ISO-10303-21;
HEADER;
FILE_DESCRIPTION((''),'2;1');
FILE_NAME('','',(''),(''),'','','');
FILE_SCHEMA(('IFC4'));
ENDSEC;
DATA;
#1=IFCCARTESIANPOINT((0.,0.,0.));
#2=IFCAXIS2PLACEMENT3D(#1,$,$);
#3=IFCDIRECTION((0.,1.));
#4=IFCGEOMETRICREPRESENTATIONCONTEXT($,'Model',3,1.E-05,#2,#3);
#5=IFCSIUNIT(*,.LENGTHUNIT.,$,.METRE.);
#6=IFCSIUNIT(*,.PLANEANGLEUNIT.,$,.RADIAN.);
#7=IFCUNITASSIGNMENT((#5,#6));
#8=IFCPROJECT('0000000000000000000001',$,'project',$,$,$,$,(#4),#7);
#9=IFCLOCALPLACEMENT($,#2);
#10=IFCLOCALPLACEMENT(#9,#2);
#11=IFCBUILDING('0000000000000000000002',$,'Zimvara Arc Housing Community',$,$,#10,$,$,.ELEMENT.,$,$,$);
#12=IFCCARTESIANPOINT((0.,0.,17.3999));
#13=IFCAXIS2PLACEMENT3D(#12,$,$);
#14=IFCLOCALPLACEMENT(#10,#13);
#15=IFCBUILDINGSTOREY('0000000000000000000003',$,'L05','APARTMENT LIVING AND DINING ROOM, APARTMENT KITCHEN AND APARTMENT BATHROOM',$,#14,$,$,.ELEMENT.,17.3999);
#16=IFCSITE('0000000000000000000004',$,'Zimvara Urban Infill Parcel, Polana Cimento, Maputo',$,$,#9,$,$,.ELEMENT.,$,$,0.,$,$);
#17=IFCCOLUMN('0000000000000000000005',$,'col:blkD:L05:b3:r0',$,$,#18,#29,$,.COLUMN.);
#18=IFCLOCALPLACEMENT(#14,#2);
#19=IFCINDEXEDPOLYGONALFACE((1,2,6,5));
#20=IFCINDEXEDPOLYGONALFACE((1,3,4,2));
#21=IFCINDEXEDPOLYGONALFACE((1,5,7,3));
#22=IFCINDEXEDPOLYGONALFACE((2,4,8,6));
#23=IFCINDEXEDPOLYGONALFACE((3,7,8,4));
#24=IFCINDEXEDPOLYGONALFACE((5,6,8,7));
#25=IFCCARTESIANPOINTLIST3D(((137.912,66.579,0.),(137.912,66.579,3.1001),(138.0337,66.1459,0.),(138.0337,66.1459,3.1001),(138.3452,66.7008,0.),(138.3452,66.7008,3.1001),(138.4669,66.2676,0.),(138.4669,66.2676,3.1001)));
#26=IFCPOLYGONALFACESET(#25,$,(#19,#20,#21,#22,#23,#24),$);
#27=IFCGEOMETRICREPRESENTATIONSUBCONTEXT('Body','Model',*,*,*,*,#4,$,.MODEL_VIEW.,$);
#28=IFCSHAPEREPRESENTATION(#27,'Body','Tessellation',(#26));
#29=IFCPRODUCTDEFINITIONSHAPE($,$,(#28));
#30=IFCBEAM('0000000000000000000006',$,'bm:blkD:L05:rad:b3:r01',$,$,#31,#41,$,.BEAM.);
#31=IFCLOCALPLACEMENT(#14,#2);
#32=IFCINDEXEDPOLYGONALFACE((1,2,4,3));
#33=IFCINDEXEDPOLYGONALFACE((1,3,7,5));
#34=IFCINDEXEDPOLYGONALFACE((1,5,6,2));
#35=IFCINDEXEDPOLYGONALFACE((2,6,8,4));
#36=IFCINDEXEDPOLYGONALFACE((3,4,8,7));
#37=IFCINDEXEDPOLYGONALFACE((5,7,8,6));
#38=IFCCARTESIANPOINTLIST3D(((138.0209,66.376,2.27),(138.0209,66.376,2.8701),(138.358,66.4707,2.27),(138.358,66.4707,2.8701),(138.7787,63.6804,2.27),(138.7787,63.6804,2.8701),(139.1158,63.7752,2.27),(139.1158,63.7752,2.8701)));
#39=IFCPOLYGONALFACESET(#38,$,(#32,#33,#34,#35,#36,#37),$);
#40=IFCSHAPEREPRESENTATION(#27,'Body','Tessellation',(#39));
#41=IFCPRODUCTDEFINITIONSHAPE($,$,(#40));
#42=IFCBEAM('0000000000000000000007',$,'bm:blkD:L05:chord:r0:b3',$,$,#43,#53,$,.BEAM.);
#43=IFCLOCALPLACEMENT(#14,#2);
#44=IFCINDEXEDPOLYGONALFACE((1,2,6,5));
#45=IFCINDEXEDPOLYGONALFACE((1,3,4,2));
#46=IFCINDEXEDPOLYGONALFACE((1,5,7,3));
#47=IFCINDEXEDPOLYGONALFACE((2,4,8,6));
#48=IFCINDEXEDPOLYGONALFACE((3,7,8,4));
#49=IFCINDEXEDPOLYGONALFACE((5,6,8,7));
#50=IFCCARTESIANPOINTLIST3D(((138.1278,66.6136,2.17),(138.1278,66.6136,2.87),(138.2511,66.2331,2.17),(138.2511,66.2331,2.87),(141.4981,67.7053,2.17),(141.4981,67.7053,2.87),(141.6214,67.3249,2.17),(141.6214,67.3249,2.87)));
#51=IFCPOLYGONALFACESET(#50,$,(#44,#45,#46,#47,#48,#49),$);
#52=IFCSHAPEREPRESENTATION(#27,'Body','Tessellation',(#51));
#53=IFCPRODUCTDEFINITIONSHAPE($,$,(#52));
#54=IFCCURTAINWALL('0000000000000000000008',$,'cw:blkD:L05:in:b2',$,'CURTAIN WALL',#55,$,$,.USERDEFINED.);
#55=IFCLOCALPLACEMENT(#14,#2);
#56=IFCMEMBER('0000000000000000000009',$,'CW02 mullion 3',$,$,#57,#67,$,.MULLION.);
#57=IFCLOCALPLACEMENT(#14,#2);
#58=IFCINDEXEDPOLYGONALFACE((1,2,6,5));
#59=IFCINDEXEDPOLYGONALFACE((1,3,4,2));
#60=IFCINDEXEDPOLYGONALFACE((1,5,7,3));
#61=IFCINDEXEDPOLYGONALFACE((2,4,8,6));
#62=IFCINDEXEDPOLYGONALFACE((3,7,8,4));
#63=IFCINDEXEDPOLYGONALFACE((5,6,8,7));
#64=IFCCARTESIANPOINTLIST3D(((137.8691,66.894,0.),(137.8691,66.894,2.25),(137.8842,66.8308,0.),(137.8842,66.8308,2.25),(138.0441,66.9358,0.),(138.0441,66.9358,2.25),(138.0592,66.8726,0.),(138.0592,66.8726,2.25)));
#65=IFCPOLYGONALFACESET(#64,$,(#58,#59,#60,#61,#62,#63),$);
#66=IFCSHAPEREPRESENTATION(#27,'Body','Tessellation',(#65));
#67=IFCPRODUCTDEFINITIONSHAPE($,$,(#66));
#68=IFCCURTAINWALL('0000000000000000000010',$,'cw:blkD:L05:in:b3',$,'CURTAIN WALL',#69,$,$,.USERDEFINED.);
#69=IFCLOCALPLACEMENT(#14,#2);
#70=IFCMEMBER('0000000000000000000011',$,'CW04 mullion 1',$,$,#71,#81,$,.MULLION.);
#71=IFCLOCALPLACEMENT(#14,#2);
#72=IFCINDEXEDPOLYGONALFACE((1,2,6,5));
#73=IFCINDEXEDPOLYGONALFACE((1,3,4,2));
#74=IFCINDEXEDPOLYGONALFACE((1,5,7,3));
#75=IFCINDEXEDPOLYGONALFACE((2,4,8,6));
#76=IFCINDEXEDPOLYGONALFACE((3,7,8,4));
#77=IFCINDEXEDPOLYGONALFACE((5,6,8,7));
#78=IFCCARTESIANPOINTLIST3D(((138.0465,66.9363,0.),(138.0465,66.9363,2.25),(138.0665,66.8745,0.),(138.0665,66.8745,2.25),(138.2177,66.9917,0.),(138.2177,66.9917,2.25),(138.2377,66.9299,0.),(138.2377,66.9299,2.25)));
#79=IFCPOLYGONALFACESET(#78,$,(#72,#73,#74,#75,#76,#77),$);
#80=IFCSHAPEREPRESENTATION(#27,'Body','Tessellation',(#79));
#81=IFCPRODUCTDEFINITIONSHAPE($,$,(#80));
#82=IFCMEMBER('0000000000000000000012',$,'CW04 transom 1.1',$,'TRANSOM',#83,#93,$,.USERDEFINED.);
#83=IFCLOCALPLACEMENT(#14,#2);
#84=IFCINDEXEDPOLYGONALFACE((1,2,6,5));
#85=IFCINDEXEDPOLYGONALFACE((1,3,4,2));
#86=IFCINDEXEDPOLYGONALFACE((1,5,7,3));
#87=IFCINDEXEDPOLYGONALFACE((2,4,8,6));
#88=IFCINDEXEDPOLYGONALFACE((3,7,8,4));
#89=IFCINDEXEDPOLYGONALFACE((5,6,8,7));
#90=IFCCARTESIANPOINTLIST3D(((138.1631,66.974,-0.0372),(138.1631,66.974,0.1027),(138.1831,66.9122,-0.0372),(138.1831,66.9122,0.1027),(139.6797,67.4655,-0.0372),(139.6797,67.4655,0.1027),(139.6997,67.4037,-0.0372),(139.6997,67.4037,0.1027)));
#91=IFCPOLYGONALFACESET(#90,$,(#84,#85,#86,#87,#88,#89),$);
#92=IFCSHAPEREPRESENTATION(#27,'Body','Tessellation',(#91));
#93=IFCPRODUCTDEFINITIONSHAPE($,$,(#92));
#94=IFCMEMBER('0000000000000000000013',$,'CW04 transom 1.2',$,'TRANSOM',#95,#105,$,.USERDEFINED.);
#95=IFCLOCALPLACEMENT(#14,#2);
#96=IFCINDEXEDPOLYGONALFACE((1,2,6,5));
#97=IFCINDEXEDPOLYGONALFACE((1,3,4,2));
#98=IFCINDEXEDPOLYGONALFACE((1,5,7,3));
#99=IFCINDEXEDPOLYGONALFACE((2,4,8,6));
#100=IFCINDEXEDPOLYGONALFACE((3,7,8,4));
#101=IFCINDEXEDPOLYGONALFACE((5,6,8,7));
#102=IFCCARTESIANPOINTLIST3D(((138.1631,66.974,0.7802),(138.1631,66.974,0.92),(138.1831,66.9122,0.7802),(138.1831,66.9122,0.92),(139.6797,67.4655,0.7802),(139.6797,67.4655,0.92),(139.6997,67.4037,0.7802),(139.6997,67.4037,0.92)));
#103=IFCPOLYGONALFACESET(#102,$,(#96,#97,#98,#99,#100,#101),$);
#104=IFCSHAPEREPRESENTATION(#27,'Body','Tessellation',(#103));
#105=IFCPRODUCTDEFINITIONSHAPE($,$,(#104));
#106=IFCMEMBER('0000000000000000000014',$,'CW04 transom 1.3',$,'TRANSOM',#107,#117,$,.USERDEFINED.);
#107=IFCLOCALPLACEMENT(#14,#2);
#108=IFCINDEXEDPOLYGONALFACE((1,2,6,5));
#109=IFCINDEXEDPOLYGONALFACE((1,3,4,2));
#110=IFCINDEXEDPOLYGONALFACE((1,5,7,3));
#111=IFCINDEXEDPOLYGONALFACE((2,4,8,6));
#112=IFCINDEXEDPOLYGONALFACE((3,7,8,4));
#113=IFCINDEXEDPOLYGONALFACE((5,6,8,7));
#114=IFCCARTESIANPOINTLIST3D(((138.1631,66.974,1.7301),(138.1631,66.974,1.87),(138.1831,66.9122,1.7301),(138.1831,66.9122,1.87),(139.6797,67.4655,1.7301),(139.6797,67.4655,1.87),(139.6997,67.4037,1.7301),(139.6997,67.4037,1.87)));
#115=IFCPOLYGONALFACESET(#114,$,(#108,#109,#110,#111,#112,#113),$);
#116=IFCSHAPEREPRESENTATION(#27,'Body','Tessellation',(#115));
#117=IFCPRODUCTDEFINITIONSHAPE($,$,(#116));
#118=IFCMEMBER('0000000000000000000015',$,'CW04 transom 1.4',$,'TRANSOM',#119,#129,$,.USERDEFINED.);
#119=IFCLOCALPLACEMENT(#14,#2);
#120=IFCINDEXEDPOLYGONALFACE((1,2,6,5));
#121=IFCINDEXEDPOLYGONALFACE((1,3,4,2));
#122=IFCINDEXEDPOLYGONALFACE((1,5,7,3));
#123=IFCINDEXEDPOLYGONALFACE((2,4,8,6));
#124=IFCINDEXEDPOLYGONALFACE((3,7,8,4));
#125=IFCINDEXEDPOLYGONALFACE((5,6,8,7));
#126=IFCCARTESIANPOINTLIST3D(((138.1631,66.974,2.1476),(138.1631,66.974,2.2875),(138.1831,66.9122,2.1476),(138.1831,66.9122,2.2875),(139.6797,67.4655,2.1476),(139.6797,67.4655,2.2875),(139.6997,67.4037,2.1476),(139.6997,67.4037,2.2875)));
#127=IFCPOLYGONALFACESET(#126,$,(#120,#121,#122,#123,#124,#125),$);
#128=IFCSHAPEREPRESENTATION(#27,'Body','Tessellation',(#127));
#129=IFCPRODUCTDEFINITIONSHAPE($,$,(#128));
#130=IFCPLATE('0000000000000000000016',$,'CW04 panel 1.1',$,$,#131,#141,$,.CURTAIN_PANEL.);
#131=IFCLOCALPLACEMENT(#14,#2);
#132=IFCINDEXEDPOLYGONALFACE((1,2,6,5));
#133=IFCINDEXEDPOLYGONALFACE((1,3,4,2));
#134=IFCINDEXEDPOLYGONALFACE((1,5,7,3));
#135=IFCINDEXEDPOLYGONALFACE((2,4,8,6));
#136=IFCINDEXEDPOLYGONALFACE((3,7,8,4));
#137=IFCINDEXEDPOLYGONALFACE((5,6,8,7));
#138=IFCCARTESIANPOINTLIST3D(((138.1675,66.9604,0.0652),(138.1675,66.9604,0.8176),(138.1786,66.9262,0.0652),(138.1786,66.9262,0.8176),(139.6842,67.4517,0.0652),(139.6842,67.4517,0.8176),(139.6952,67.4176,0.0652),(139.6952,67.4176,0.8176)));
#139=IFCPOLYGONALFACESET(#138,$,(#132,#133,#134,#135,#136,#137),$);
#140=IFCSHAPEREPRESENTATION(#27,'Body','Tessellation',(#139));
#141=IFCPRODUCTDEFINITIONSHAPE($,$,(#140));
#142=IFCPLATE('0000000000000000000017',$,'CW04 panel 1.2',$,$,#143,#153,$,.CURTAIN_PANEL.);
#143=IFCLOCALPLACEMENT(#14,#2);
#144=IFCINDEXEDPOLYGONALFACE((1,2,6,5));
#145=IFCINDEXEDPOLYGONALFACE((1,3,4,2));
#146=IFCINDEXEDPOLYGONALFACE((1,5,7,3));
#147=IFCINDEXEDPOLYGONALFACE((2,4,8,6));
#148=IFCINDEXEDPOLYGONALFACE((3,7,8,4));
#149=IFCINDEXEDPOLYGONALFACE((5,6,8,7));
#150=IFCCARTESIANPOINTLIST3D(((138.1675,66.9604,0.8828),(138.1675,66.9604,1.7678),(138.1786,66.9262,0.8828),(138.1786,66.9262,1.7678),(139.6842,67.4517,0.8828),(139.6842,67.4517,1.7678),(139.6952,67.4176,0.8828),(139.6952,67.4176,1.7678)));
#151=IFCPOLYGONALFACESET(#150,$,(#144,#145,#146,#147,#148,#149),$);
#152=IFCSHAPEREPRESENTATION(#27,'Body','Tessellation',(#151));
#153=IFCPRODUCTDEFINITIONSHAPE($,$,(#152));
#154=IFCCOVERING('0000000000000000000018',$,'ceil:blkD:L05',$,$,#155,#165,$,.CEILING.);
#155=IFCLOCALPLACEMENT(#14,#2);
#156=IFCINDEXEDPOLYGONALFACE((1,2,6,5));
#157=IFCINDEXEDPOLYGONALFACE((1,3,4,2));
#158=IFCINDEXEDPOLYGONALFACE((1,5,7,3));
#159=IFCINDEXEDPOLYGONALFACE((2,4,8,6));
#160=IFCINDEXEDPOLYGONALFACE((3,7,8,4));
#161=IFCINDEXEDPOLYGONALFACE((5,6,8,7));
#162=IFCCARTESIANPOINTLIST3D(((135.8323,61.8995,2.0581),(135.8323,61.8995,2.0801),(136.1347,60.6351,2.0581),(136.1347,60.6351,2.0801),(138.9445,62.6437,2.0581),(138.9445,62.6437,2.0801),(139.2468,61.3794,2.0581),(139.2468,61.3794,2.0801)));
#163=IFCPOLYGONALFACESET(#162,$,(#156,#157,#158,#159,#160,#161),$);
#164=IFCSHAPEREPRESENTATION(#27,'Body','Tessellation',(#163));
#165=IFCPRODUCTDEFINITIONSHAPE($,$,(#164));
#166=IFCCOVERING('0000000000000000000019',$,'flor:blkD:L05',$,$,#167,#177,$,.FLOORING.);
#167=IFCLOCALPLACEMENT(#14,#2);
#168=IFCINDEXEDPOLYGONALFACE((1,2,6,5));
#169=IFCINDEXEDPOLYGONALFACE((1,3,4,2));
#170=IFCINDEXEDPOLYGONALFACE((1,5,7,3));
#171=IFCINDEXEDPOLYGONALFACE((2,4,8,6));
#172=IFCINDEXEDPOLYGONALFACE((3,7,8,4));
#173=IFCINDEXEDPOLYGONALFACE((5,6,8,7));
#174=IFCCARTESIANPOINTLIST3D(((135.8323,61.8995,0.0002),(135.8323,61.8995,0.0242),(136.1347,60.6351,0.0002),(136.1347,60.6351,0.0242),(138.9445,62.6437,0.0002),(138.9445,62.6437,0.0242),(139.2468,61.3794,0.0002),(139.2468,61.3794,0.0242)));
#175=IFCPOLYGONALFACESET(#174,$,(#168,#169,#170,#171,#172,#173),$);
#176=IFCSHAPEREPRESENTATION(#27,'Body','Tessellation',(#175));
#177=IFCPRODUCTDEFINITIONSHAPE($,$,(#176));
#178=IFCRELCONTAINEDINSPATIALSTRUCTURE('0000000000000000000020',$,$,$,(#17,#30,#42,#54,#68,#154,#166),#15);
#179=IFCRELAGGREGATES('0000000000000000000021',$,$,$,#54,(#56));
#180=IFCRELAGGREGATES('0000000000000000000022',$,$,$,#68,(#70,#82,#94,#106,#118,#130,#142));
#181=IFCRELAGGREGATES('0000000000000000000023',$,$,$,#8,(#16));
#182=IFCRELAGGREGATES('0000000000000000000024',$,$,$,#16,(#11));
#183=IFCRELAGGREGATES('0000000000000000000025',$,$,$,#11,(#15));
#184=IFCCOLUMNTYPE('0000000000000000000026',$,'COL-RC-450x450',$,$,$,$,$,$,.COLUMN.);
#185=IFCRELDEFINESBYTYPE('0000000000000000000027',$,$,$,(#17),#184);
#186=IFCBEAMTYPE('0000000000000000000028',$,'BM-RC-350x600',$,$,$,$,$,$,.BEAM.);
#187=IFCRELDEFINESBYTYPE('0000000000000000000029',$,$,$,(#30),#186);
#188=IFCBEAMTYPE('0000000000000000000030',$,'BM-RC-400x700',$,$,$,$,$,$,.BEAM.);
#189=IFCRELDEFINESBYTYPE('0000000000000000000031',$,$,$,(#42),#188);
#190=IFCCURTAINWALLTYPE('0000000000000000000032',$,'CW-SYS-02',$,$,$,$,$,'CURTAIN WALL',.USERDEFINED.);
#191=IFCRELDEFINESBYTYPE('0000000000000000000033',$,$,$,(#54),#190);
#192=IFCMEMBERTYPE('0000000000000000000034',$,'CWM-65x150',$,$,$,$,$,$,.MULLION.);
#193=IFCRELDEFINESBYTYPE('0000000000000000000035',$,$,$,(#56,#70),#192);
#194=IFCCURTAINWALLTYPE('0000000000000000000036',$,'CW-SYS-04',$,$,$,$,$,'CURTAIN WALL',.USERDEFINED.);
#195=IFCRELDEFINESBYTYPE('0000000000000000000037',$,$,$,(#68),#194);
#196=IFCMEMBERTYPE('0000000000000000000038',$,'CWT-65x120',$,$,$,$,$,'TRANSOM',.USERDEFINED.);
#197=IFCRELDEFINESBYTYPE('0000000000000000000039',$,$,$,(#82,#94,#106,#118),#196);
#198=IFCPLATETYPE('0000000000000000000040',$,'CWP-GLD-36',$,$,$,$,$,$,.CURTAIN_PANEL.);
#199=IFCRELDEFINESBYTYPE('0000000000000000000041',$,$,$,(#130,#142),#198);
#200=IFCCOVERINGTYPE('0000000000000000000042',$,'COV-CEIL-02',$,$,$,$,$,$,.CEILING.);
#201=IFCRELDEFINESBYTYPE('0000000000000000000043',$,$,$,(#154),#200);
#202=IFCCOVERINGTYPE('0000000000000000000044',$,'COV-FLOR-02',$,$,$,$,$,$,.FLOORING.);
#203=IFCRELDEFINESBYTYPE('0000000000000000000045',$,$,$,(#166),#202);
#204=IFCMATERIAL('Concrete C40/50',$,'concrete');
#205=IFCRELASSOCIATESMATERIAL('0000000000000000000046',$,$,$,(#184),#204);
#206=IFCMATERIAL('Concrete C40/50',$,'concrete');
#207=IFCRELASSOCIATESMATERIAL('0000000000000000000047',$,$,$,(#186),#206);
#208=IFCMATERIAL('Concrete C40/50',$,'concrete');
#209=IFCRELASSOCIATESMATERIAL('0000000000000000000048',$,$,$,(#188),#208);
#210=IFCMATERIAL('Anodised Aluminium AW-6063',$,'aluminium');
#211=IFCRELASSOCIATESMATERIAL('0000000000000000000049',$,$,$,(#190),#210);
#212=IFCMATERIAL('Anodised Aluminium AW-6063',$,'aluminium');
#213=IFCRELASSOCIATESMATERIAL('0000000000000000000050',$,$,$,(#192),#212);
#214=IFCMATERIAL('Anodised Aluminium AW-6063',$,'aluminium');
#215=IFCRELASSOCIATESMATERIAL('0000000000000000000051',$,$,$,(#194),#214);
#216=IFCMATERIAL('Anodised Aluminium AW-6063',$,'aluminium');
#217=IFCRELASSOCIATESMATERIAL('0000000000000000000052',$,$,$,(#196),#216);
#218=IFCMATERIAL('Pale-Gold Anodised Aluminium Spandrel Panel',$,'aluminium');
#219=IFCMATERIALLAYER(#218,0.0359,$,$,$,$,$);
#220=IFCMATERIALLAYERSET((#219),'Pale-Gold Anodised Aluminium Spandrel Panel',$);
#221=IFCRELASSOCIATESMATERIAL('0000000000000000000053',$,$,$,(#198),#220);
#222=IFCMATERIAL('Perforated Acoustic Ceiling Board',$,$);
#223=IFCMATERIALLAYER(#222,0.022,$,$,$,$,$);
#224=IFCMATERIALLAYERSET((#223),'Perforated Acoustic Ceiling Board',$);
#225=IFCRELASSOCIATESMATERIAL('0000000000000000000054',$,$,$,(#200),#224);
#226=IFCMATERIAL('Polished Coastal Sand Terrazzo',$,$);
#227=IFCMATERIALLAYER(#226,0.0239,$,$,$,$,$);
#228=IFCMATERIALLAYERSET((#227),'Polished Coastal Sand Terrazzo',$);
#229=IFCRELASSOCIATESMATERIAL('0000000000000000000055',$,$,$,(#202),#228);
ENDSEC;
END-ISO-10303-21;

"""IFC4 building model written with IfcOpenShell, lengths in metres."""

from ifc_helpers import new_model, si_unit, direction, frame, origin, origin_2d, place, context, subcontext, project, spatial, rectangle, extrude, material, layer, layer_set, material_profile, profile_set, type_object, element, aggregate, save


model = new_model("IFC4")

# Units and contexts
model_context = context("Model", 3, precision=1e-05, world=origin(), true_north=direction((0.0, 1.0)))
body_context = subcontext(model_context, "Body", "Model", "MODEL_VIEW")
ifc_project = project(units=[si_unit("LENGTHUNIT", "METRE"), si_unit("PLANEANGLEUNIT", "RADIAN")], contexts=[model_context])

# Site, building, storey
site_placement = place(None, origin())
site = spatial("IfcSite", under=ifc_project, at=site_placement, Name="Zimvara Urban Infill Parcel, Polana Cimento, Maputo", CompositionType="ELEMENT", RefElevation=0.0)
building_placement = place(site_placement, origin())
building = spatial("IfcBuilding", under=site, at=building_placement, Name="Zimvara Arc Housing Community", CompositionType="ELEMENT")
storey_placement = place(building_placement, frame((0.0, 0.0, 17.3999)))
storey = spatial("IfcBuildingStorey", under=building, at=storey_placement, Name="L05", Description="APARTMENT LIVING AND DINING ROOM, APARTMENT KITCHEN AND APARTMENT BATHROOM", CompositionType="ELEMENT", Elevation=17.3999)

# Column
ifc_material_1 = material(Name="Concrete C40/50", Category="concrete")
ifc_material_profile_1 = material_profile(ifc_material_1, rectangle(XDim=0.45, YDim=0.45, at=origin_2d()), Name="RC 450x450")
ifc_profile_set_1 = profile_set([ifc_material_profile_1], Name="Concrete C40/50")
column_type = type_object("IfcColumnType", Name="COL-RC-450x450", PredefinedType="COLUMN", material=ifc_profile_set_1)
column_placement = place(storey_placement, frame((138.1895, 66.4233, 0.0), z_axis=(0.0, 0.0, 1.0), x_axis=(0.2706, -0.962692, 0.0)))
element("IfcColumn", 1, at=column_placement, inside=storey, type_object=column_type, Name="col:blkD:L05:b3:r0", PredefinedType="COLUMN", context=body_context, shape_type="SweptSolid", body=[
    extrude(rectangle(XDim=0.45, YDim=0.45, at=origin_2d()), origin(), (0.0, 0.0, 1.0), 3.1001),
])

# Beams
ifc_material_2 = material(Name="Concrete C40/50", Category="concrete")
ifc_material_profile_2 = material_profile(ifc_material_2, rectangle(XDim=0.3501, YDim=0.6001, at=origin_2d()), Name="RC 350x600")
ifc_profile_set_2 = profile_set([ifc_material_profile_2], Name="Concrete C40/50")
beam_type_1 = type_object("IfcBeamType", Name="BM-RC-350x600", PredefinedType="BEAM", material=ifc_profile_set_2)
beam_1_placement = place(storey_placement, frame((138.1895, 66.4233, 2.5701), z_axis=(0.270642, -0.96268, 0.0), x_axis=(0.96268, 0.270642, 0.0)))
element("IfcBeam", 2, at=beam_1_placement, inside=storey, type_object=beam_type_1, Name="bm:blkD:L05:rad:b3:r01", PredefinedType="BEAM", context=body_context, shape_type="SweptSolid", body=[
    extrude(rectangle(XDim=0.3501, YDim=0.6001, at=origin_2d()), origin(), (0.0, 0.0, 1.0), 2.8),
])
ifc_material_3 = material(Name="Concrete C40/50", Category="concrete")
ifc_material_profile_3 = material_profile(ifc_material_3, rectangle(XDim=0.3999, YDim=0.7, at=origin_2d()), Name="RC 400x700")
ifc_profile_set_3 = profile_set([ifc_material_profile_3], Name="Concrete C40/50")
beam_type_2 = type_object("IfcBeamType", Name="BM-RC-400x700", PredefinedType="BEAM", material=ifc_profile_set_3)
beam_2_placement = place(storey_placement, frame((138.1895, 66.4233, 2.52), z_axis=(0.95133, 0.308174, 0.0), x_axis=(-0.308174, 0.95133, 0.0)))
element("IfcBeam", 3, at=beam_2_placement, inside=storey, type_object=beam_type_2, Name="bm:blkD:L05:chord:r0:b3", PredefinedType="BEAM", context=body_context, shape_type="SweptSolid", body=[
    extrude(rectangle(XDim=0.3999, YDim=0.7, at=origin_2d()), origin(), (0.0, 0.0, 1.0), 3.5427),
])

# Curtain wall, member
ifc_material_4 = material(Name="Anodised Aluminium AW-6063", Category="aluminium")
curtain_wall_type_1 = type_object("IfcCurtainWallType", Name="CW-SYS-02", ElementType="CURTAIN WALL", PredefinedType="USERDEFINED", material=ifc_material_4)
curtain_wall_1_placement = place(storey_placement, origin())
curtain_wall_1 = element("IfcCurtainWall", 4, at=curtain_wall_1_placement, inside=storey, type_object=curtain_wall_type_1, Name="cw:blkD:L05:in:b2", ObjectType="CURTAIN WALL", PredefinedType="USERDEFINED")
ifc_material_5 = material(Name="Anodised Aluminium AW-6063", Category="aluminium")
ifc_material_profile_4 = material_profile(ifc_material_5, rectangle(XDim=0.0649, YDim=0.1799, at=origin_2d()), Name="ALU 65x180")
ifc_profile_set_4 = profile_set([ifc_material_profile_4], Name="Anodised Aluminium AW-6063")
member_type_1 = type_object("IfcMemberType", Name="CWM-65x150", PredefinedType="MULLION", material=ifc_profile_set_4)
member_1_placement = place(storey_placement, frame((137.9641, 66.8833, 0.0), z_axis=(0.0, 0.0, 1.0), x_axis=(-0.232596, 0.972573, 0.0)))
member_1 = element("IfcMember", 5, at=member_1_placement, type_object=member_type_1, Name="CW02 mullion 3", PredefinedType="MULLION", context=body_context, shape_type="SweptSolid", body=[
    extrude(rectangle(XDim=0.0649, YDim=0.1799, at=origin_2d()), origin(), (0.0, 0.0, 1.0), 2.25),
])
aggregate(curtain_wall_1, [member_1])

# Curtain wall, members, plates
ifc_material_6 = material(Name="Anodised Aluminium AW-6063", Category="aluminium")
curtain_wall_type_2 = type_object("IfcCurtainWallType", Name="CW-SYS-04", ElementType="CURTAIN WALL", PredefinedType="USERDEFINED", material=ifc_material_6)
curtain_wall_2_placement = place(storey_placement, origin())
curtain_wall_2 = element("IfcCurtainWall", 6, at=curtain_wall_2_placement, inside=storey, type_object=curtain_wall_type_2, Name="cw:blkD:L05:in:b3", ObjectType="CURTAIN WALL", PredefinedType="USERDEFINED")
member_2_placement = place(storey_placement, frame((138.1421, 66.9331, 0.0), z_axis=(0.0, 0.0, 1.0), x_axis=(-0.308185, 0.951326, 0.0)))
member_2 = element("IfcMember", 7, at=member_2_placement, type_object=member_type_1, Name="CW04 mullion 1", PredefinedType="MULLION", context=body_context, shape_type="SweptSolid", body=[
    extrude(rectangle(XDim=0.0649, YDim=0.1799, at=origin_2d()), origin(), (0.0, 0.0, 1.0), 2.25),
])
ifc_material_7 = material(Name="Anodised Aluminium AW-6063", Category="aluminium")
ifc_material_profile_5 = material_profile(ifc_material_7, rectangle(XDim=0.0649, YDim=0.1399, at=origin_2d()), Name="ALU 65x140")
ifc_profile_set_5 = profile_set([ifc_material_profile_5], Name="Anodised Aluminium AW-6063")
member_type_2 = type_object("IfcMemberType", Name="CWT-65x120", ElementType="TRANSOM", PredefinedType="USERDEFINED", material=ifc_profile_set_5)
member_3_placement = place(storey_placement, frame((138.1731, 66.9431, 0.0327), z_axis=(0.951299, 0.308269, 0.0), x_axis=(-0.308269, 0.951299, 0.0)))
member_3 = element("IfcMember", 8, at=member_3_placement, type_object=member_type_2, Name="CW04 transom 1.1", ObjectType="TRANSOM", PredefinedType="USERDEFINED", context=body_context, shape_type="SweptSolid", body=[
    extrude(rectangle(XDim=0.0649, YDim=0.1399, at=origin_2d()), origin(), (0.0, 0.0, 1.0), 1.5942),
])
member_4_placement = place(storey_placement, frame((138.1731, 66.9431, 0.8501), z_axis=(0.951299, 0.308269, 0.0), x_axis=(-0.308269, 0.951299, 0.0)))
member_4 = element("IfcMember", 9, at=member_4_placement, type_object=member_type_2, Name="CW04 transom 1.2", ObjectType="TRANSOM", PredefinedType="USERDEFINED", context=body_context, shape_type="SweptSolid", body=[
    extrude(rectangle(XDim=0.0649, YDim=0.1399, at=origin_2d()), origin(), (0.0, 0.0, 1.0), 1.5942),
])
member_5_placement = place(storey_placement, frame((138.1731, 66.9431, 1.8), z_axis=(0.951299, 0.308269, 0.0), x_axis=(-0.308269, 0.951299, 0.0)))
member_5 = element("IfcMember", 10, at=member_5_placement, type_object=member_type_2, Name="CW04 transom 1.3", ObjectType="TRANSOM", PredefinedType="USERDEFINED", context=body_context, shape_type="SweptSolid", body=[
    extrude(rectangle(XDim=0.0649, YDim=0.1399, at=origin_2d()), origin(), (0.0, 0.0, 1.0), 1.5942),
])
member_6_placement = place(storey_placement, frame((138.1731, 66.9431, 2.2175), z_axis=(0.951299, 0.308269, 0.0), x_axis=(-0.308269, 0.951299, 0.0)))
member_6 = element("IfcMember", 11, at=member_6_placement, type_object=member_type_2, Name="CW04 transom 1.4", ObjectType="TRANSOM", PredefinedType="USERDEFINED", context=body_context, shape_type="SweptSolid", body=[
    extrude(rectangle(XDim=0.0649, YDim=0.1399, at=origin_2d()), origin(), (0.0, 0.0, 1.0), 1.5942),
])
ifc_material_8 = material(Name="Pale-Gold Anodised Aluminium Spandrel Panel", Category="aluminium")
ifc_layer_1 = layer(ifc_material_8, 0.0359)
ifc_layer_set_1 = layer_set([ifc_layer_1], Name="Pale-Gold Anodised Aluminium Spandrel Panel")
plate_type = type_object("IfcPlateType", Name="CWP-GLD-36", PredefinedType="CURTAIN_PANEL", material=ifc_layer_set_1)
plate_1_placement = place(storey_placement, frame((138.9314, 67.189, 0.0652), z_axis=(0.0, 0.0, 1.0), x_axis=(0.951326, 0.308185, 0.0)))
plate_1 = element("IfcPlate", 12, at=plate_1_placement, type_object=plate_type, Name="CW04 panel 1.1", PredefinedType="CURTAIN_PANEL", context=body_context, shape_type="SweptSolid", body=[
    extrude(rectangle(XDim=1.5942, YDim=0.0359, at=origin_2d()), origin(), (0.0, 0.0, 1.0), 0.7524),
])
plate_2_placement = place(storey_placement, frame((138.9314, 67.189, 0.8828), z_axis=(0.0, 0.0, 1.0), x_axis=(0.951326, 0.308185, 0.0)))
plate_2 = element("IfcPlate", 13, at=plate_2_placement, type_object=plate_type, Name="CW04 panel 1.2", PredefinedType="CURTAIN_PANEL", context=body_context, shape_type="SweptSolid", body=[
    extrude(rectangle(XDim=1.5942, YDim=0.0359, at=origin_2d()), origin(), (0.0, 0.0, 1.0), 0.885),
])
aggregate(curtain_wall_2, [member_2, member_3, member_4, member_5, member_6, plate_1, plate_2])

# Coverings
ifc_material_9 = material(Name="Perforated Acoustic Ceiling Board")
ifc_layer_2 = layer(ifc_material_9, 0.022)
ifc_layer_set_2 = layer_set([ifc_layer_2], Name="Perforated Acoustic Ceiling Board")
covering_type_1 = type_object("IfcCoveringType", Name="COV-CEIL-02", PredefinedType="CEILING", material=ifc_layer_set_2)
covering_1_placement = place(storey_placement, frame((137.5396, 61.6394, 2.0581), z_axis=(0.0, 0.0, 1.0), x_axis=(0.232597, -0.972573, 0.0)))
element("IfcCovering", 14, at=covering_1_placement, inside=storey, type_object=covering_type_1, Name="ceil:blkD:L05", PredefinedType="CEILING", context=body_context, shape_type="SweptSolid", body=[
    extrude(rectangle(XDim=1.3, YDim=3.2, at=origin_2d()), origin(), (0.0, 0.0, 1.0), 0.022),
])
ifc_material_10 = material(Name="Polished Coastal Sand Terrazzo")
ifc_layer_3 = layer(ifc_material_10, 0.0239)
ifc_layer_set_3 = layer_set([ifc_layer_3], Name="Polished Coastal Sand Terrazzo")
covering_type_2 = type_object("IfcCoveringType", Name="COV-FLOR-02", PredefinedType="FLOORING", material=ifc_layer_set_3)
covering_2_placement = place(storey_placement, frame((137.5396, 61.6394, 0.0002), z_axis=(0.0, 0.0, 1.0), x_axis=(0.232597, -0.972573, 0.0)))
element("IfcCovering", 15, at=covering_2_placement, inside=storey, type_object=covering_type_2, Name="flor:blkD:L05", PredefinedType="FLOORING", context=body_context, shape_type="SweptSolid", body=[
    extrude(rectangle(XDim=1.3, YDim=3.2, at=origin_2d()), origin(), (0.0, 0.0, 1.0), 0.0239),
])

save(model, "model.ifc")
